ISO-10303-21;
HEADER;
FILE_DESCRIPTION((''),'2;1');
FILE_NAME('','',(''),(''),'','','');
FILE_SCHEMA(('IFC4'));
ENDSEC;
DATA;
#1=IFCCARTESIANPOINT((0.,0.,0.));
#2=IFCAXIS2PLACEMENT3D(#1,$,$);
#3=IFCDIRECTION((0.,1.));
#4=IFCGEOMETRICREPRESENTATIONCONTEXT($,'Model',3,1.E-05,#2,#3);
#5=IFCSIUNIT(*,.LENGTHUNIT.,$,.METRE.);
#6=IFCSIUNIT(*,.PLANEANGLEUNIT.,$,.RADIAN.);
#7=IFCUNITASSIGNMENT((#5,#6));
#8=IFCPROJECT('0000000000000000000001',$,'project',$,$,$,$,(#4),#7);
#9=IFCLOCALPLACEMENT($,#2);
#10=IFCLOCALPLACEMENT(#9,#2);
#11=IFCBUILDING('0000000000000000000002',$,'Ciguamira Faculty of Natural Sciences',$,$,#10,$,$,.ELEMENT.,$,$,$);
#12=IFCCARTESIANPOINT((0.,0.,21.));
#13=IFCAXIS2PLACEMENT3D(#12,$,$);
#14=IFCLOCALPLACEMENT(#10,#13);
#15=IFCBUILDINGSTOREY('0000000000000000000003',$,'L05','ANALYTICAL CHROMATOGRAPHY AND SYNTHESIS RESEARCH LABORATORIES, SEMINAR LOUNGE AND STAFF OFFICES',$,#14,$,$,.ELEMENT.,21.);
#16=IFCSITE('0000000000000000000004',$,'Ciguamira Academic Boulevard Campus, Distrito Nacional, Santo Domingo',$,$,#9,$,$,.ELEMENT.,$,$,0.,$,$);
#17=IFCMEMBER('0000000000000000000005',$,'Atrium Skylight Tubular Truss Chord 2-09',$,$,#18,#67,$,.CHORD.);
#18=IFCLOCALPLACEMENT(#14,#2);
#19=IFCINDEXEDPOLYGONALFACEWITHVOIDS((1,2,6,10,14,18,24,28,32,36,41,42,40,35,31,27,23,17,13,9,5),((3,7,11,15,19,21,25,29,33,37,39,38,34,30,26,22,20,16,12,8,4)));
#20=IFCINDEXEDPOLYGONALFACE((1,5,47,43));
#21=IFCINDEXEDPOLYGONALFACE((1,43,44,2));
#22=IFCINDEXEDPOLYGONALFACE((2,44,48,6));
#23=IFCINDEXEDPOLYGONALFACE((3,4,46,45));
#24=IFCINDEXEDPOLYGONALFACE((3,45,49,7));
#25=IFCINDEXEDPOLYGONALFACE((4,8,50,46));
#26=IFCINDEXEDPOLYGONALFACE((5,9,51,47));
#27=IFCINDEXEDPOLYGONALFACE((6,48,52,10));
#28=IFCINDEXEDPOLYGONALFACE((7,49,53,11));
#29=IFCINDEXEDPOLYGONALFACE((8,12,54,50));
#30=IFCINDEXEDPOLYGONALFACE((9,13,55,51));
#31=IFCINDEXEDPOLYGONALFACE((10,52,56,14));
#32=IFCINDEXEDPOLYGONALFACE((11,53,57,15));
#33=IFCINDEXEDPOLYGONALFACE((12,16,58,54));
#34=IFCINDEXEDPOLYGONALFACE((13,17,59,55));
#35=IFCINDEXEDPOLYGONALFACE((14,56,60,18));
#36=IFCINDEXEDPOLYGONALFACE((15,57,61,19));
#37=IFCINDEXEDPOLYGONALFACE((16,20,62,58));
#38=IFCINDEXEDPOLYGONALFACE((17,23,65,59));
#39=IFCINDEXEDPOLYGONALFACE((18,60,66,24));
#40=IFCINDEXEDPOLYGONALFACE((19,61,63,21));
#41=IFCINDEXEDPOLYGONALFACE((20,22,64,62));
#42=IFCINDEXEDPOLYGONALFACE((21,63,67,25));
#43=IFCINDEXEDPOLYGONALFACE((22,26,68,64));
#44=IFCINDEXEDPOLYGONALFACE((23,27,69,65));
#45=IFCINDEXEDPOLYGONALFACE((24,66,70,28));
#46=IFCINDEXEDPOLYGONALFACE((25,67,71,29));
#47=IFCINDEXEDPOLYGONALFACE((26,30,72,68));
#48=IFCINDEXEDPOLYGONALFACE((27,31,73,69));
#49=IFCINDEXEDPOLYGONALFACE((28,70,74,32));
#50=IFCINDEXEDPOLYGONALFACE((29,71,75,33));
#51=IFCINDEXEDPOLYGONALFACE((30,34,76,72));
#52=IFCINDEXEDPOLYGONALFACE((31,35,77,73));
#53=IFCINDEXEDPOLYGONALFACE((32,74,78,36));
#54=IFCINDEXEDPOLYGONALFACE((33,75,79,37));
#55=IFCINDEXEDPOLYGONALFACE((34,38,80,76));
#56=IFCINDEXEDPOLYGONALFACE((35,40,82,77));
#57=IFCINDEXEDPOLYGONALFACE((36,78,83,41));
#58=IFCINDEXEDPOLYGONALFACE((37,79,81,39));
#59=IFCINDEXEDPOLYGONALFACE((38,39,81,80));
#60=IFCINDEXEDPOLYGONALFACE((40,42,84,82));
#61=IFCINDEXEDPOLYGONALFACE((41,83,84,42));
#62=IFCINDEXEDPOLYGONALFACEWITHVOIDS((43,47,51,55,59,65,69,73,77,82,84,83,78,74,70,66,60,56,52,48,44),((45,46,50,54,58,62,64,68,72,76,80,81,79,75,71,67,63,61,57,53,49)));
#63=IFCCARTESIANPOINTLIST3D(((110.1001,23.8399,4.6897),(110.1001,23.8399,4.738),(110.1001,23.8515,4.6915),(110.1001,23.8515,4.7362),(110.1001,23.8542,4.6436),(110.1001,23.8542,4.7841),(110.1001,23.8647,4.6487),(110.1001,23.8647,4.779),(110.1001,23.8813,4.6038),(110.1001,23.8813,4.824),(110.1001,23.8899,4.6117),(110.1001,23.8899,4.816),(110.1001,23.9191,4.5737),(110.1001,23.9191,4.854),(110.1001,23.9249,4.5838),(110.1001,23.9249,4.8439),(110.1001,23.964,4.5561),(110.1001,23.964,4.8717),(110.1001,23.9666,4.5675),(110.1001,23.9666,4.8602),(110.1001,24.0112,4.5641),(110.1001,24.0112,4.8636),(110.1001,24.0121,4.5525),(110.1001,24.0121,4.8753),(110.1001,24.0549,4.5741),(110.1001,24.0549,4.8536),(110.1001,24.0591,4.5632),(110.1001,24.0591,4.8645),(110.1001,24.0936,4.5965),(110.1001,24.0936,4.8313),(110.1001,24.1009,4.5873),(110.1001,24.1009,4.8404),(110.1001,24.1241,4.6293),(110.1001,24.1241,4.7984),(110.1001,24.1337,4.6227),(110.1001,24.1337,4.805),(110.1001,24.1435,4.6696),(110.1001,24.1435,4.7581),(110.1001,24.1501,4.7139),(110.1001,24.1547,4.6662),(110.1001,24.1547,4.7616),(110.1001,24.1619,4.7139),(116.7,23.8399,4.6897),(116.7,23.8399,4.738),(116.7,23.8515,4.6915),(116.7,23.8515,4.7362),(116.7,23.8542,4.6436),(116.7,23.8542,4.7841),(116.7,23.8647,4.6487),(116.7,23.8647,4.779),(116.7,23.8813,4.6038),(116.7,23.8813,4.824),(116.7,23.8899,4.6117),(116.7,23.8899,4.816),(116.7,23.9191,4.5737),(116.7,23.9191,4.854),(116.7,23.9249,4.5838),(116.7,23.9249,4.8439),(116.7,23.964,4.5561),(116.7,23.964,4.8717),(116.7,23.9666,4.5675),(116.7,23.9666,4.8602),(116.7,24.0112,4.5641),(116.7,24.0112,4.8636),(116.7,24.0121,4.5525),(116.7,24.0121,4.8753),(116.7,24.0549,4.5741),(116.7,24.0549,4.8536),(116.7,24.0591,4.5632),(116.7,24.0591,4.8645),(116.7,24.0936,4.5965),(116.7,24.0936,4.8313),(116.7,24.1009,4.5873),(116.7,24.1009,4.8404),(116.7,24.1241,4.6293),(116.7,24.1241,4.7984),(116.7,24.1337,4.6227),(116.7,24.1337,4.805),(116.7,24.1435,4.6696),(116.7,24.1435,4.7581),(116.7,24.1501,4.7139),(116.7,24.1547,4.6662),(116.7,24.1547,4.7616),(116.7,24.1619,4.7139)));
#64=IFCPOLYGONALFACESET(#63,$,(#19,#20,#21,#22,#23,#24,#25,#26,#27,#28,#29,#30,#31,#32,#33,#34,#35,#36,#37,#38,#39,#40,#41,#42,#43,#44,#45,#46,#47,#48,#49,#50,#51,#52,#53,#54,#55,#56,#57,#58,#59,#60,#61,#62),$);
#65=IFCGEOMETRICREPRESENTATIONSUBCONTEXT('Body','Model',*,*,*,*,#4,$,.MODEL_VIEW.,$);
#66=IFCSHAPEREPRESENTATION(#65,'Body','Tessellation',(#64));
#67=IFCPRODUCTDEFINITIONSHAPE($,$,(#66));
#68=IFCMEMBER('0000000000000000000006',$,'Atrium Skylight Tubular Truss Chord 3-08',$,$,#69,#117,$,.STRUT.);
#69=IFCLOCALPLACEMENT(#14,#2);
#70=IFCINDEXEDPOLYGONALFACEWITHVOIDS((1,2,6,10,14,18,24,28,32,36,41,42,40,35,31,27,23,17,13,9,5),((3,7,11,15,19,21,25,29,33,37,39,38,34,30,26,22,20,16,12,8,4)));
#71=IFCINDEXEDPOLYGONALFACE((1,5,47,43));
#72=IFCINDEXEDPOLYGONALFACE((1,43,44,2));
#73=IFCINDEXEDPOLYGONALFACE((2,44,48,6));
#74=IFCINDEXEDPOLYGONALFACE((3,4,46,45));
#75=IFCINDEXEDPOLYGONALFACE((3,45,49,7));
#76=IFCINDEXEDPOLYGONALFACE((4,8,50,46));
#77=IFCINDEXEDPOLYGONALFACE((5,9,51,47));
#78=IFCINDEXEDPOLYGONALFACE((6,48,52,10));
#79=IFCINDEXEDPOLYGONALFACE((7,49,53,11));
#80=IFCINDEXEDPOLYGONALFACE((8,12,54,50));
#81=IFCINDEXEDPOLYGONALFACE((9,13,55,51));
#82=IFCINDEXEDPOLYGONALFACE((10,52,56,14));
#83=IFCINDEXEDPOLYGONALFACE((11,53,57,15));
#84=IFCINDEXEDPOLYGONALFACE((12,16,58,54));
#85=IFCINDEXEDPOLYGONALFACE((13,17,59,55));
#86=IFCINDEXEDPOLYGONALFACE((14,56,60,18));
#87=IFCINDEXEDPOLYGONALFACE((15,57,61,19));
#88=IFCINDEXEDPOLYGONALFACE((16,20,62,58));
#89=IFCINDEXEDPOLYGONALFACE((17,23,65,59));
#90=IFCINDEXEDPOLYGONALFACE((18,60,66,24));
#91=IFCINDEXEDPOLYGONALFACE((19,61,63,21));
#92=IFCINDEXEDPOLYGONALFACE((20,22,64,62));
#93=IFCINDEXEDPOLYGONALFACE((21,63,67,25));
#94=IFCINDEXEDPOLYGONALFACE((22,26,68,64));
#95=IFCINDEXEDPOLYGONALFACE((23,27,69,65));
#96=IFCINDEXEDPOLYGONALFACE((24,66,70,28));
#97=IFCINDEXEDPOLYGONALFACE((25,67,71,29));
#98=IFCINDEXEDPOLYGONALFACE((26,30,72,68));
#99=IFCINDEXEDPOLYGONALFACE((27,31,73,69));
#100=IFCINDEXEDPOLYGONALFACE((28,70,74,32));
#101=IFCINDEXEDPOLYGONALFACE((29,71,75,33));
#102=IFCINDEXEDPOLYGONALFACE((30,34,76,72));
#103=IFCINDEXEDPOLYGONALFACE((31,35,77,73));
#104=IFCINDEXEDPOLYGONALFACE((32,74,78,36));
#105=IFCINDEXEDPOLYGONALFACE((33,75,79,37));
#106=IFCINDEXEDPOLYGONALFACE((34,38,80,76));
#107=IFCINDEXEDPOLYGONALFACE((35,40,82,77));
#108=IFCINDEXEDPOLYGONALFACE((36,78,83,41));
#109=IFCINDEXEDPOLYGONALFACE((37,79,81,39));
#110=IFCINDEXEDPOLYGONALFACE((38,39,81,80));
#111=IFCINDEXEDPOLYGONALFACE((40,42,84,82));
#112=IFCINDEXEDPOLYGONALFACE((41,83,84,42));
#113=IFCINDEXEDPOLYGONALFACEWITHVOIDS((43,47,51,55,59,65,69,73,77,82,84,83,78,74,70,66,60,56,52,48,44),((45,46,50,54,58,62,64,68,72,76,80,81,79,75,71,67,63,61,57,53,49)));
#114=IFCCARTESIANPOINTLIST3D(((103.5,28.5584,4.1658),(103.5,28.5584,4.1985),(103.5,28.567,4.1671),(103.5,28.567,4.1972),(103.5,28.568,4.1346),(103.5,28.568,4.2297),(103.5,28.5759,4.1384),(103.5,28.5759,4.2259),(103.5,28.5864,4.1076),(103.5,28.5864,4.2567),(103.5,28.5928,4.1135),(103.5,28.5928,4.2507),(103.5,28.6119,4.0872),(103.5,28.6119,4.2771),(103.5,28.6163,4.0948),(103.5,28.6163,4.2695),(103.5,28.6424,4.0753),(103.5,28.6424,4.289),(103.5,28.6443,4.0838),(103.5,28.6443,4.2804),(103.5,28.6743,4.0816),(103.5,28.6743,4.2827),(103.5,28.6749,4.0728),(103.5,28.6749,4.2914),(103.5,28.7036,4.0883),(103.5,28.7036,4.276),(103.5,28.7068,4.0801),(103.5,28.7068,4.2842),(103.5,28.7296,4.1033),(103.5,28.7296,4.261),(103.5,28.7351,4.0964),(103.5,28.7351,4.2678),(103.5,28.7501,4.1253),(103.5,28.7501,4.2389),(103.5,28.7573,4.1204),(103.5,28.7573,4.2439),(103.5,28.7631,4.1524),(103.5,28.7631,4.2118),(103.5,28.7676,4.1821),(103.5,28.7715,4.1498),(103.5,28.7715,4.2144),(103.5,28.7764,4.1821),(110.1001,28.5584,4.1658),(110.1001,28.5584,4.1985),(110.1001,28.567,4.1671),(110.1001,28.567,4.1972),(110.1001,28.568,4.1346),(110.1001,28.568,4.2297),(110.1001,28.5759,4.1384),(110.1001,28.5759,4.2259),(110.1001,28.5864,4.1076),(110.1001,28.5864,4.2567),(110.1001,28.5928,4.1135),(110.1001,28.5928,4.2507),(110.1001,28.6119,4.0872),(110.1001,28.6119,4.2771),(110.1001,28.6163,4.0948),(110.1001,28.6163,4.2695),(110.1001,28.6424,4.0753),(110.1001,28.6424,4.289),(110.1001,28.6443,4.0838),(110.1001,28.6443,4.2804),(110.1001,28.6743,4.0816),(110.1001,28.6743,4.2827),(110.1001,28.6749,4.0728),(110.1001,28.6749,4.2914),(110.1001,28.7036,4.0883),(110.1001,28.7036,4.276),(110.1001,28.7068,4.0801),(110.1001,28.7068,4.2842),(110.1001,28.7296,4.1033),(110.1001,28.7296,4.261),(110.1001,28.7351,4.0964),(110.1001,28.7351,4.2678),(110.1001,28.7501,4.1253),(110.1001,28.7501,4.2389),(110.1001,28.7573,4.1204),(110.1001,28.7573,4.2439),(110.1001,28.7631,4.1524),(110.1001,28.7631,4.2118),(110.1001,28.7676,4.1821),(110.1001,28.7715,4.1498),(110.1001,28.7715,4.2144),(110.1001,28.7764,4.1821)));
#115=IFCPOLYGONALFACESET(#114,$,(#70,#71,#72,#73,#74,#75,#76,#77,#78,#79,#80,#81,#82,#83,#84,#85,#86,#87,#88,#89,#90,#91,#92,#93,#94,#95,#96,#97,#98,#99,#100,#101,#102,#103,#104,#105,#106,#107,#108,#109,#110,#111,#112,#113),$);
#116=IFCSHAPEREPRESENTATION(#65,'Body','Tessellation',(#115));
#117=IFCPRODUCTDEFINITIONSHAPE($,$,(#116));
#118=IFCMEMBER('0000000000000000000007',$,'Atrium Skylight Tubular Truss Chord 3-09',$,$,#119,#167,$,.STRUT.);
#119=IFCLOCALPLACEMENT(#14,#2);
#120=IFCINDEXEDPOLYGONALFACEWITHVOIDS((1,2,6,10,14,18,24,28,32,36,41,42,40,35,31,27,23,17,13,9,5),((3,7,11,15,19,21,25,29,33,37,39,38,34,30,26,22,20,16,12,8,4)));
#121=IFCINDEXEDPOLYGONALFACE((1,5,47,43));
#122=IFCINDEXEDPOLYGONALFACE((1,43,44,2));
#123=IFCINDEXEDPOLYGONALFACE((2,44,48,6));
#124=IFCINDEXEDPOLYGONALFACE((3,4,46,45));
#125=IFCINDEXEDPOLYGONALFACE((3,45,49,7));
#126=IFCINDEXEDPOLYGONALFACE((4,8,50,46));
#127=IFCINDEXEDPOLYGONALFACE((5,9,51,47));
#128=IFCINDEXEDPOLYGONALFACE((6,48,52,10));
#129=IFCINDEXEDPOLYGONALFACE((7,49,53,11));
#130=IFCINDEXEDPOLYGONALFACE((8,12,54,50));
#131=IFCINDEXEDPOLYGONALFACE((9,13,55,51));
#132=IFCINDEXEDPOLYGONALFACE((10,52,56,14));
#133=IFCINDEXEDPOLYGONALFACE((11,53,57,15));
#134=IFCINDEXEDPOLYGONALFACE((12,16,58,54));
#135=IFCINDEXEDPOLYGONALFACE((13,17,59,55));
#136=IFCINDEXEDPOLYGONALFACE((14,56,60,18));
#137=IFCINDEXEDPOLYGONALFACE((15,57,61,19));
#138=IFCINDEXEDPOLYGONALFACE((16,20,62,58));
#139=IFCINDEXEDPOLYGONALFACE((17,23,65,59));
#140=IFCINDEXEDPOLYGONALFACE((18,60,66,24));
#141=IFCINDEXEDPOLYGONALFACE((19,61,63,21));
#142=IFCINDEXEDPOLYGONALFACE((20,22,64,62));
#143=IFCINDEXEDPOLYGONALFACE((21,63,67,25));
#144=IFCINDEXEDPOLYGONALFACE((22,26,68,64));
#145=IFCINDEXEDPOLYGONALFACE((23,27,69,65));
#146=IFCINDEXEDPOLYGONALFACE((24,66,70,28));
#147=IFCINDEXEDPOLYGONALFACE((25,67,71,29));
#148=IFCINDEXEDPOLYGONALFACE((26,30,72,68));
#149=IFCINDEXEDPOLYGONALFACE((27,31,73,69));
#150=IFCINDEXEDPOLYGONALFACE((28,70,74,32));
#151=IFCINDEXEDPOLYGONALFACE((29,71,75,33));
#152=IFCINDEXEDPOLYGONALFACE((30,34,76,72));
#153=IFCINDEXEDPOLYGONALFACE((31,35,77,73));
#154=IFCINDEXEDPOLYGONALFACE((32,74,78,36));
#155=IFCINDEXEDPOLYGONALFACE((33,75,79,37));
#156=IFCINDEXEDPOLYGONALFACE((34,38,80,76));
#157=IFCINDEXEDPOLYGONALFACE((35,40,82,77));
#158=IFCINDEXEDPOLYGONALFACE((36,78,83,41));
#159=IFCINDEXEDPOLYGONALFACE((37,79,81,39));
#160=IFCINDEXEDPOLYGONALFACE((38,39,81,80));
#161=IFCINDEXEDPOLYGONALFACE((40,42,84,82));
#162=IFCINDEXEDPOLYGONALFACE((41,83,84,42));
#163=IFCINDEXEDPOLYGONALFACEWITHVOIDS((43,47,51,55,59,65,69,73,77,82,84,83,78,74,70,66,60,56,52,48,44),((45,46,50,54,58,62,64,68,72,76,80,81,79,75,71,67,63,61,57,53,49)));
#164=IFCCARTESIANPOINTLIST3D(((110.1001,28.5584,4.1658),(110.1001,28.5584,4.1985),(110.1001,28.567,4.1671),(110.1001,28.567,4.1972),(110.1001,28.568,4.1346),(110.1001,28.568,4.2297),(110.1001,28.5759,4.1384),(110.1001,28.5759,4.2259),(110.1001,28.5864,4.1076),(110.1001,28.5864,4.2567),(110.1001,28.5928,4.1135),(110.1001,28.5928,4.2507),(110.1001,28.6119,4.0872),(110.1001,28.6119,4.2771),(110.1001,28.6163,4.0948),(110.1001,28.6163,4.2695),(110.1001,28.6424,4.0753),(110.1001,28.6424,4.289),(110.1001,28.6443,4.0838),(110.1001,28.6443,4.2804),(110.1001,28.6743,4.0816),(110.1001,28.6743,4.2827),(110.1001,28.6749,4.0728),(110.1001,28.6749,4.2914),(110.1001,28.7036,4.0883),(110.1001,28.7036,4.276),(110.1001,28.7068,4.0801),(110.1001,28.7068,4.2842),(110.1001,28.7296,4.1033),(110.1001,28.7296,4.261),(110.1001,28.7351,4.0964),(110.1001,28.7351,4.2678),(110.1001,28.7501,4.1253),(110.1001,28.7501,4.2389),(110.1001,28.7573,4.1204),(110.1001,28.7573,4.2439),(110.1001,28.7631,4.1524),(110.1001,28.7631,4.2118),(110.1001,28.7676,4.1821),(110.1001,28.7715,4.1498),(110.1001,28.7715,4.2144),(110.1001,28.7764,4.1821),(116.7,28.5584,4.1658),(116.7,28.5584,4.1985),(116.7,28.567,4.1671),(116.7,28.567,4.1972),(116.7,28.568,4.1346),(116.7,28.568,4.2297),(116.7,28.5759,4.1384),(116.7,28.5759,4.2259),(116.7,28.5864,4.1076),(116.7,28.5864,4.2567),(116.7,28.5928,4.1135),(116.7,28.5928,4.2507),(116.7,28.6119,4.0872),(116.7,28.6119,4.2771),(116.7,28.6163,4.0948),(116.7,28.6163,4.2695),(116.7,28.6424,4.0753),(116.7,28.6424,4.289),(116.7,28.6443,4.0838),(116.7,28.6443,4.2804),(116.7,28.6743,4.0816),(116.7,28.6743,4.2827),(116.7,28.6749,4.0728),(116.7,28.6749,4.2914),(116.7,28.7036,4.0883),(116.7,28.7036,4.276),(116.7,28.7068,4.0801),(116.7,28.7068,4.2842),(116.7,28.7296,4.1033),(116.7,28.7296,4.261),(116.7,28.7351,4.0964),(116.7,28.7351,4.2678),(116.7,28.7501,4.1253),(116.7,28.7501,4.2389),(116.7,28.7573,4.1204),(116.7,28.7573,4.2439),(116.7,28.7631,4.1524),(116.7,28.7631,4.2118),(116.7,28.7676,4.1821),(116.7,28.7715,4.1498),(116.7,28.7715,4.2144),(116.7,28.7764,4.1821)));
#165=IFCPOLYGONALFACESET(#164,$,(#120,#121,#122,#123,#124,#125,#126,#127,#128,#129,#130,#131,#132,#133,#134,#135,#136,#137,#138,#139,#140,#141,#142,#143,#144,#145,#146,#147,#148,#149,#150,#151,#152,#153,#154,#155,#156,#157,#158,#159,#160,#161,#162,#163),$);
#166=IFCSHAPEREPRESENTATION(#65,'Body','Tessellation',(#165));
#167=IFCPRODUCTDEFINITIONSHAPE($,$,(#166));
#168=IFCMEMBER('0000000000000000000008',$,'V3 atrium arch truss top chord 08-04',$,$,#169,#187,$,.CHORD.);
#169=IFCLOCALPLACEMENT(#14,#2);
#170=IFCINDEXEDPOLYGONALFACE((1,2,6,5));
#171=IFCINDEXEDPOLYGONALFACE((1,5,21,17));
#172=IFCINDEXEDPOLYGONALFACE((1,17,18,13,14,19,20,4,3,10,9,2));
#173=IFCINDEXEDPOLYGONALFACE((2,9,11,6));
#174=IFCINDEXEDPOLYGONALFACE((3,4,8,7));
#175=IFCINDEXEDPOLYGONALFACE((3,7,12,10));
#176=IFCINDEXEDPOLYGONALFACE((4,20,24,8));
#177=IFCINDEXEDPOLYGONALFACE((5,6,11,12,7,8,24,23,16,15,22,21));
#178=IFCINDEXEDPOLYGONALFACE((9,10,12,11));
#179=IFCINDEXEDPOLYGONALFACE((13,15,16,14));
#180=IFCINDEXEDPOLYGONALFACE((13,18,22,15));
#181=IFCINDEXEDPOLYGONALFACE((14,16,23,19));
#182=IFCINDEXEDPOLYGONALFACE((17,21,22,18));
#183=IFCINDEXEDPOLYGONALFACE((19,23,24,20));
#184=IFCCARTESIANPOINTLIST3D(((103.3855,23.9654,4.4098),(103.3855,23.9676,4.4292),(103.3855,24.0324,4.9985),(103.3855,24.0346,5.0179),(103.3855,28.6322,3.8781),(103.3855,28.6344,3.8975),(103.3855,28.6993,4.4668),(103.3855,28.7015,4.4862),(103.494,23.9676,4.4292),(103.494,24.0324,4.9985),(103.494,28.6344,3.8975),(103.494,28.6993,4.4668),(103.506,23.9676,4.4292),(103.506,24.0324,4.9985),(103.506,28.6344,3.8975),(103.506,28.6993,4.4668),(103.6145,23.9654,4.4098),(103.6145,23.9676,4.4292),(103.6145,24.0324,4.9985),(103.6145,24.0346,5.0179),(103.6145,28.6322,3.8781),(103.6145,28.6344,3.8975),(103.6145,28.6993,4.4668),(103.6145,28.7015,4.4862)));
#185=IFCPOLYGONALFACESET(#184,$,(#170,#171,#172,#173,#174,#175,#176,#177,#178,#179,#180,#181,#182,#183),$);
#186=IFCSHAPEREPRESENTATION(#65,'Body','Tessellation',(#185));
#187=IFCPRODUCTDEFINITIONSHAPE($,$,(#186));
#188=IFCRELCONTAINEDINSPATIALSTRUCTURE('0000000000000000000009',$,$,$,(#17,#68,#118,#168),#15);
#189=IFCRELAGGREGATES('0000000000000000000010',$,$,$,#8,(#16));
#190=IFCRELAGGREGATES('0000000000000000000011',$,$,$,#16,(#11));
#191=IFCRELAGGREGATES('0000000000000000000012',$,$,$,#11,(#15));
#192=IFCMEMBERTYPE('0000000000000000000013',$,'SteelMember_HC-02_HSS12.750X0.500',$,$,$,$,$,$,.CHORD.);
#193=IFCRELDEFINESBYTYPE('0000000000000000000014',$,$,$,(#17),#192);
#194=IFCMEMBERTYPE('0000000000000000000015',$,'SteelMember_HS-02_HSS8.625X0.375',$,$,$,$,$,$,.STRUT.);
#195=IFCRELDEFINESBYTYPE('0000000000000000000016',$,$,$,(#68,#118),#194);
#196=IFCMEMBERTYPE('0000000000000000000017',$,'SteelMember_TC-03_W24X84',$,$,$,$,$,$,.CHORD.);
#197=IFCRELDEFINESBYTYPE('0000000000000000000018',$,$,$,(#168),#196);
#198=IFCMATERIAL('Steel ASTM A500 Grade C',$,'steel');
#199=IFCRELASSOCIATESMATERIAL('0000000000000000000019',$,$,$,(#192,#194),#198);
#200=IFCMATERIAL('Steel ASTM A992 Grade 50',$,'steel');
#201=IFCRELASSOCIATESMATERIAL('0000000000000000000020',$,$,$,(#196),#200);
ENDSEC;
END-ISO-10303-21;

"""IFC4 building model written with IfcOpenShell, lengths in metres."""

from ifc_helpers import new_model, si_unit, direction, frame, origin, origin_2d, place, context, subcontext, project, spatial, hollow_circle, i_section, extrude, material, material_profile, profile_set, type_object, element, save


model = new_model("IFC4")

# Units and contexts
model_context = context("Model", 3, precision=1e-05, world=origin(), true_north=direction((0.0, 1.0)))
body_context = subcontext(model_context, "Body", "Model", "MODEL_VIEW")
ifc_project = project(units=[si_unit("LENGTHUNIT", "METRE"), si_unit("PLANEANGLEUNIT", "RADIAN")], contexts=[model_context])

# Site, building, storey
site_placement = place(None, origin())
site = spatial("IfcSite", under=ifc_project, at=site_placement, Name="Ciguamira Academic Boulevard Campus, Distrito Nacional, Santo Domingo", CompositionType="ELEMENT", RefElevation=0.0)
building_placement = place(site_placement, origin())
building = spatial("IfcBuilding", under=site, at=building_placement, Name="Ciguamira Faculty of Natural Sciences", CompositionType="ELEMENT")
storey_placement = place(building_placement, frame((0.0, 0.0, 21.0)))
storey = spatial("IfcBuildingStorey", under=building, at=storey_placement, Name="L05", Description="ANALYTICAL CHROMATOGRAPHY AND SYNTHESIS RESEARCH LABORATORIES, SEMINAR LOUNGE AND STAFF OFFICES", CompositionType="ELEMENT", Elevation=21.0)

# Members
ifc_material_1 = material(Name="Steel ASTM A500 Grade C", Category="steel")
ifc_material_profile_1 = material_profile(ifc_material_1, hollow_circle(Radius=0.1619, WallThickness=0.0117, at=origin_2d()), Name="HSS12.750X0.500")
ifc_profile_set_1 = profile_set([ifc_material_profile_1], Name="Steel ASTM A500 Grade C")
member_type_1 = type_object("IfcMemberType", Name="SteelMember_HC-02_HSS12.750X0.500", PredefinedType="CHORD", material=ifc_profile_set_1)
member_1_placement = place(storey_placement, frame((110.1001, 24.0, 4.7139), z_axis=(1.0, 0.0, 0.0), x_axis=(0.0, 1.0, 0.0)))
element("IfcMember", 1, at=member_1_placement, inside=storey, type_object=member_type_1, Name="Atrium Skylight Tubular Truss Chord 2-09", PredefinedType="CHORD", context=body_context, shape_type="SweptSolid", body=[
    extrude(hollow_circle(Radius=0.1619, WallThickness=0.0117, at=origin_2d()), origin(), (0.0, 0.0, 1.0), 6.5999),
])
ifc_material_profile_2 = material_profile(ifc_material_1, hollow_circle(Radius=0.1096, WallThickness=0.0088, at=origin_2d()), Name="HSS8.625X0.375")
ifc_profile_set_2 = profile_set([ifc_material_profile_2], Name="Steel ASTM A500 Grade C")
member_type_2 = type_object("IfcMemberType", Name="SteelMember_HS-02_HSS8.625X0.375", PredefinedType="STRUT", material=ifc_profile_set_2)
member_2_placement = place(storey_placement, frame((103.5, 28.6667, 4.1821), z_axis=(1.0, 0.0, 0.0), x_axis=(0.0, 1.0, 0.0)))
element("IfcMember", 2, at=member_2_placement, inside=storey, type_object=member_type_2, Name="Atrium Skylight Tubular Truss Chord 3-08", PredefinedType="STRUT", context=body_context, shape_type="SweptSolid", body=[
    extrude(hollow_circle(Radius=0.1096, WallThickness=0.0088, at=origin_2d()), origin(), (0.0, 0.0, 1.0), 6.6001),
])
member_3_placement = place(storey_placement, frame((110.1001, 28.6667, 4.1821), z_axis=(1.0, 0.0, 0.0), x_axis=(0.0, 1.0, 0.0)))
element("IfcMember", 3, at=member_3_placement, inside=storey, type_object=member_type_2, Name="Atrium Skylight Tubular Truss Chord 3-09", PredefinedType="STRUT", context=body_context, shape_type="SweptSolid", body=[
    extrude(hollow_circle(Radius=0.1096, WallThickness=0.0088, at=origin_2d()), origin(), (0.0, 0.0, 1.0), 6.5999),
])
ifc_material_2 = material(Name="Steel ASTM A992 Grade 50", Category="steel")
ifc_material_profile_3 = material_profile(ifc_material_2, i_section(OverallWidth=0.229, OverallDepth=0.6121, WebThickness=0.012, FlangeThickness=0.0195, at=origin_2d()), Name="W24X84")
ifc_profile_set_3 = profile_set([ifc_material_profile_3], Name="Steel ASTM A992 Grade 50")
member_type_3 = type_object("IfcMemberType", Name="SteelMember_TC-03_W24X84", PredefinedType="CHORD", material=ifc_profile_set_3)
member_4_placement = place(storey_placement, frame((103.5, 24.0, 4.7139), z_axis=(0.0, 0.993571, -0.113209), x_axis=(-1.0, 0.0, 0.0)))
element("IfcMember", 4, at=member_4_placement, inside=storey, type_object=member_type_3, Name="V3 atrium arch truss top chord 08-04", PredefinedType="CHORD", context=body_context, shape_type="SweptSolid", body=[
    extrude(i_section(OverallWidth=0.229, OverallDepth=0.6121, WebThickness=0.012, FlangeThickness=0.0195, at=origin_2d()), origin(), (0.0, 0.0, 1.0), 4.697),
])

save(model, "model.ifc")
